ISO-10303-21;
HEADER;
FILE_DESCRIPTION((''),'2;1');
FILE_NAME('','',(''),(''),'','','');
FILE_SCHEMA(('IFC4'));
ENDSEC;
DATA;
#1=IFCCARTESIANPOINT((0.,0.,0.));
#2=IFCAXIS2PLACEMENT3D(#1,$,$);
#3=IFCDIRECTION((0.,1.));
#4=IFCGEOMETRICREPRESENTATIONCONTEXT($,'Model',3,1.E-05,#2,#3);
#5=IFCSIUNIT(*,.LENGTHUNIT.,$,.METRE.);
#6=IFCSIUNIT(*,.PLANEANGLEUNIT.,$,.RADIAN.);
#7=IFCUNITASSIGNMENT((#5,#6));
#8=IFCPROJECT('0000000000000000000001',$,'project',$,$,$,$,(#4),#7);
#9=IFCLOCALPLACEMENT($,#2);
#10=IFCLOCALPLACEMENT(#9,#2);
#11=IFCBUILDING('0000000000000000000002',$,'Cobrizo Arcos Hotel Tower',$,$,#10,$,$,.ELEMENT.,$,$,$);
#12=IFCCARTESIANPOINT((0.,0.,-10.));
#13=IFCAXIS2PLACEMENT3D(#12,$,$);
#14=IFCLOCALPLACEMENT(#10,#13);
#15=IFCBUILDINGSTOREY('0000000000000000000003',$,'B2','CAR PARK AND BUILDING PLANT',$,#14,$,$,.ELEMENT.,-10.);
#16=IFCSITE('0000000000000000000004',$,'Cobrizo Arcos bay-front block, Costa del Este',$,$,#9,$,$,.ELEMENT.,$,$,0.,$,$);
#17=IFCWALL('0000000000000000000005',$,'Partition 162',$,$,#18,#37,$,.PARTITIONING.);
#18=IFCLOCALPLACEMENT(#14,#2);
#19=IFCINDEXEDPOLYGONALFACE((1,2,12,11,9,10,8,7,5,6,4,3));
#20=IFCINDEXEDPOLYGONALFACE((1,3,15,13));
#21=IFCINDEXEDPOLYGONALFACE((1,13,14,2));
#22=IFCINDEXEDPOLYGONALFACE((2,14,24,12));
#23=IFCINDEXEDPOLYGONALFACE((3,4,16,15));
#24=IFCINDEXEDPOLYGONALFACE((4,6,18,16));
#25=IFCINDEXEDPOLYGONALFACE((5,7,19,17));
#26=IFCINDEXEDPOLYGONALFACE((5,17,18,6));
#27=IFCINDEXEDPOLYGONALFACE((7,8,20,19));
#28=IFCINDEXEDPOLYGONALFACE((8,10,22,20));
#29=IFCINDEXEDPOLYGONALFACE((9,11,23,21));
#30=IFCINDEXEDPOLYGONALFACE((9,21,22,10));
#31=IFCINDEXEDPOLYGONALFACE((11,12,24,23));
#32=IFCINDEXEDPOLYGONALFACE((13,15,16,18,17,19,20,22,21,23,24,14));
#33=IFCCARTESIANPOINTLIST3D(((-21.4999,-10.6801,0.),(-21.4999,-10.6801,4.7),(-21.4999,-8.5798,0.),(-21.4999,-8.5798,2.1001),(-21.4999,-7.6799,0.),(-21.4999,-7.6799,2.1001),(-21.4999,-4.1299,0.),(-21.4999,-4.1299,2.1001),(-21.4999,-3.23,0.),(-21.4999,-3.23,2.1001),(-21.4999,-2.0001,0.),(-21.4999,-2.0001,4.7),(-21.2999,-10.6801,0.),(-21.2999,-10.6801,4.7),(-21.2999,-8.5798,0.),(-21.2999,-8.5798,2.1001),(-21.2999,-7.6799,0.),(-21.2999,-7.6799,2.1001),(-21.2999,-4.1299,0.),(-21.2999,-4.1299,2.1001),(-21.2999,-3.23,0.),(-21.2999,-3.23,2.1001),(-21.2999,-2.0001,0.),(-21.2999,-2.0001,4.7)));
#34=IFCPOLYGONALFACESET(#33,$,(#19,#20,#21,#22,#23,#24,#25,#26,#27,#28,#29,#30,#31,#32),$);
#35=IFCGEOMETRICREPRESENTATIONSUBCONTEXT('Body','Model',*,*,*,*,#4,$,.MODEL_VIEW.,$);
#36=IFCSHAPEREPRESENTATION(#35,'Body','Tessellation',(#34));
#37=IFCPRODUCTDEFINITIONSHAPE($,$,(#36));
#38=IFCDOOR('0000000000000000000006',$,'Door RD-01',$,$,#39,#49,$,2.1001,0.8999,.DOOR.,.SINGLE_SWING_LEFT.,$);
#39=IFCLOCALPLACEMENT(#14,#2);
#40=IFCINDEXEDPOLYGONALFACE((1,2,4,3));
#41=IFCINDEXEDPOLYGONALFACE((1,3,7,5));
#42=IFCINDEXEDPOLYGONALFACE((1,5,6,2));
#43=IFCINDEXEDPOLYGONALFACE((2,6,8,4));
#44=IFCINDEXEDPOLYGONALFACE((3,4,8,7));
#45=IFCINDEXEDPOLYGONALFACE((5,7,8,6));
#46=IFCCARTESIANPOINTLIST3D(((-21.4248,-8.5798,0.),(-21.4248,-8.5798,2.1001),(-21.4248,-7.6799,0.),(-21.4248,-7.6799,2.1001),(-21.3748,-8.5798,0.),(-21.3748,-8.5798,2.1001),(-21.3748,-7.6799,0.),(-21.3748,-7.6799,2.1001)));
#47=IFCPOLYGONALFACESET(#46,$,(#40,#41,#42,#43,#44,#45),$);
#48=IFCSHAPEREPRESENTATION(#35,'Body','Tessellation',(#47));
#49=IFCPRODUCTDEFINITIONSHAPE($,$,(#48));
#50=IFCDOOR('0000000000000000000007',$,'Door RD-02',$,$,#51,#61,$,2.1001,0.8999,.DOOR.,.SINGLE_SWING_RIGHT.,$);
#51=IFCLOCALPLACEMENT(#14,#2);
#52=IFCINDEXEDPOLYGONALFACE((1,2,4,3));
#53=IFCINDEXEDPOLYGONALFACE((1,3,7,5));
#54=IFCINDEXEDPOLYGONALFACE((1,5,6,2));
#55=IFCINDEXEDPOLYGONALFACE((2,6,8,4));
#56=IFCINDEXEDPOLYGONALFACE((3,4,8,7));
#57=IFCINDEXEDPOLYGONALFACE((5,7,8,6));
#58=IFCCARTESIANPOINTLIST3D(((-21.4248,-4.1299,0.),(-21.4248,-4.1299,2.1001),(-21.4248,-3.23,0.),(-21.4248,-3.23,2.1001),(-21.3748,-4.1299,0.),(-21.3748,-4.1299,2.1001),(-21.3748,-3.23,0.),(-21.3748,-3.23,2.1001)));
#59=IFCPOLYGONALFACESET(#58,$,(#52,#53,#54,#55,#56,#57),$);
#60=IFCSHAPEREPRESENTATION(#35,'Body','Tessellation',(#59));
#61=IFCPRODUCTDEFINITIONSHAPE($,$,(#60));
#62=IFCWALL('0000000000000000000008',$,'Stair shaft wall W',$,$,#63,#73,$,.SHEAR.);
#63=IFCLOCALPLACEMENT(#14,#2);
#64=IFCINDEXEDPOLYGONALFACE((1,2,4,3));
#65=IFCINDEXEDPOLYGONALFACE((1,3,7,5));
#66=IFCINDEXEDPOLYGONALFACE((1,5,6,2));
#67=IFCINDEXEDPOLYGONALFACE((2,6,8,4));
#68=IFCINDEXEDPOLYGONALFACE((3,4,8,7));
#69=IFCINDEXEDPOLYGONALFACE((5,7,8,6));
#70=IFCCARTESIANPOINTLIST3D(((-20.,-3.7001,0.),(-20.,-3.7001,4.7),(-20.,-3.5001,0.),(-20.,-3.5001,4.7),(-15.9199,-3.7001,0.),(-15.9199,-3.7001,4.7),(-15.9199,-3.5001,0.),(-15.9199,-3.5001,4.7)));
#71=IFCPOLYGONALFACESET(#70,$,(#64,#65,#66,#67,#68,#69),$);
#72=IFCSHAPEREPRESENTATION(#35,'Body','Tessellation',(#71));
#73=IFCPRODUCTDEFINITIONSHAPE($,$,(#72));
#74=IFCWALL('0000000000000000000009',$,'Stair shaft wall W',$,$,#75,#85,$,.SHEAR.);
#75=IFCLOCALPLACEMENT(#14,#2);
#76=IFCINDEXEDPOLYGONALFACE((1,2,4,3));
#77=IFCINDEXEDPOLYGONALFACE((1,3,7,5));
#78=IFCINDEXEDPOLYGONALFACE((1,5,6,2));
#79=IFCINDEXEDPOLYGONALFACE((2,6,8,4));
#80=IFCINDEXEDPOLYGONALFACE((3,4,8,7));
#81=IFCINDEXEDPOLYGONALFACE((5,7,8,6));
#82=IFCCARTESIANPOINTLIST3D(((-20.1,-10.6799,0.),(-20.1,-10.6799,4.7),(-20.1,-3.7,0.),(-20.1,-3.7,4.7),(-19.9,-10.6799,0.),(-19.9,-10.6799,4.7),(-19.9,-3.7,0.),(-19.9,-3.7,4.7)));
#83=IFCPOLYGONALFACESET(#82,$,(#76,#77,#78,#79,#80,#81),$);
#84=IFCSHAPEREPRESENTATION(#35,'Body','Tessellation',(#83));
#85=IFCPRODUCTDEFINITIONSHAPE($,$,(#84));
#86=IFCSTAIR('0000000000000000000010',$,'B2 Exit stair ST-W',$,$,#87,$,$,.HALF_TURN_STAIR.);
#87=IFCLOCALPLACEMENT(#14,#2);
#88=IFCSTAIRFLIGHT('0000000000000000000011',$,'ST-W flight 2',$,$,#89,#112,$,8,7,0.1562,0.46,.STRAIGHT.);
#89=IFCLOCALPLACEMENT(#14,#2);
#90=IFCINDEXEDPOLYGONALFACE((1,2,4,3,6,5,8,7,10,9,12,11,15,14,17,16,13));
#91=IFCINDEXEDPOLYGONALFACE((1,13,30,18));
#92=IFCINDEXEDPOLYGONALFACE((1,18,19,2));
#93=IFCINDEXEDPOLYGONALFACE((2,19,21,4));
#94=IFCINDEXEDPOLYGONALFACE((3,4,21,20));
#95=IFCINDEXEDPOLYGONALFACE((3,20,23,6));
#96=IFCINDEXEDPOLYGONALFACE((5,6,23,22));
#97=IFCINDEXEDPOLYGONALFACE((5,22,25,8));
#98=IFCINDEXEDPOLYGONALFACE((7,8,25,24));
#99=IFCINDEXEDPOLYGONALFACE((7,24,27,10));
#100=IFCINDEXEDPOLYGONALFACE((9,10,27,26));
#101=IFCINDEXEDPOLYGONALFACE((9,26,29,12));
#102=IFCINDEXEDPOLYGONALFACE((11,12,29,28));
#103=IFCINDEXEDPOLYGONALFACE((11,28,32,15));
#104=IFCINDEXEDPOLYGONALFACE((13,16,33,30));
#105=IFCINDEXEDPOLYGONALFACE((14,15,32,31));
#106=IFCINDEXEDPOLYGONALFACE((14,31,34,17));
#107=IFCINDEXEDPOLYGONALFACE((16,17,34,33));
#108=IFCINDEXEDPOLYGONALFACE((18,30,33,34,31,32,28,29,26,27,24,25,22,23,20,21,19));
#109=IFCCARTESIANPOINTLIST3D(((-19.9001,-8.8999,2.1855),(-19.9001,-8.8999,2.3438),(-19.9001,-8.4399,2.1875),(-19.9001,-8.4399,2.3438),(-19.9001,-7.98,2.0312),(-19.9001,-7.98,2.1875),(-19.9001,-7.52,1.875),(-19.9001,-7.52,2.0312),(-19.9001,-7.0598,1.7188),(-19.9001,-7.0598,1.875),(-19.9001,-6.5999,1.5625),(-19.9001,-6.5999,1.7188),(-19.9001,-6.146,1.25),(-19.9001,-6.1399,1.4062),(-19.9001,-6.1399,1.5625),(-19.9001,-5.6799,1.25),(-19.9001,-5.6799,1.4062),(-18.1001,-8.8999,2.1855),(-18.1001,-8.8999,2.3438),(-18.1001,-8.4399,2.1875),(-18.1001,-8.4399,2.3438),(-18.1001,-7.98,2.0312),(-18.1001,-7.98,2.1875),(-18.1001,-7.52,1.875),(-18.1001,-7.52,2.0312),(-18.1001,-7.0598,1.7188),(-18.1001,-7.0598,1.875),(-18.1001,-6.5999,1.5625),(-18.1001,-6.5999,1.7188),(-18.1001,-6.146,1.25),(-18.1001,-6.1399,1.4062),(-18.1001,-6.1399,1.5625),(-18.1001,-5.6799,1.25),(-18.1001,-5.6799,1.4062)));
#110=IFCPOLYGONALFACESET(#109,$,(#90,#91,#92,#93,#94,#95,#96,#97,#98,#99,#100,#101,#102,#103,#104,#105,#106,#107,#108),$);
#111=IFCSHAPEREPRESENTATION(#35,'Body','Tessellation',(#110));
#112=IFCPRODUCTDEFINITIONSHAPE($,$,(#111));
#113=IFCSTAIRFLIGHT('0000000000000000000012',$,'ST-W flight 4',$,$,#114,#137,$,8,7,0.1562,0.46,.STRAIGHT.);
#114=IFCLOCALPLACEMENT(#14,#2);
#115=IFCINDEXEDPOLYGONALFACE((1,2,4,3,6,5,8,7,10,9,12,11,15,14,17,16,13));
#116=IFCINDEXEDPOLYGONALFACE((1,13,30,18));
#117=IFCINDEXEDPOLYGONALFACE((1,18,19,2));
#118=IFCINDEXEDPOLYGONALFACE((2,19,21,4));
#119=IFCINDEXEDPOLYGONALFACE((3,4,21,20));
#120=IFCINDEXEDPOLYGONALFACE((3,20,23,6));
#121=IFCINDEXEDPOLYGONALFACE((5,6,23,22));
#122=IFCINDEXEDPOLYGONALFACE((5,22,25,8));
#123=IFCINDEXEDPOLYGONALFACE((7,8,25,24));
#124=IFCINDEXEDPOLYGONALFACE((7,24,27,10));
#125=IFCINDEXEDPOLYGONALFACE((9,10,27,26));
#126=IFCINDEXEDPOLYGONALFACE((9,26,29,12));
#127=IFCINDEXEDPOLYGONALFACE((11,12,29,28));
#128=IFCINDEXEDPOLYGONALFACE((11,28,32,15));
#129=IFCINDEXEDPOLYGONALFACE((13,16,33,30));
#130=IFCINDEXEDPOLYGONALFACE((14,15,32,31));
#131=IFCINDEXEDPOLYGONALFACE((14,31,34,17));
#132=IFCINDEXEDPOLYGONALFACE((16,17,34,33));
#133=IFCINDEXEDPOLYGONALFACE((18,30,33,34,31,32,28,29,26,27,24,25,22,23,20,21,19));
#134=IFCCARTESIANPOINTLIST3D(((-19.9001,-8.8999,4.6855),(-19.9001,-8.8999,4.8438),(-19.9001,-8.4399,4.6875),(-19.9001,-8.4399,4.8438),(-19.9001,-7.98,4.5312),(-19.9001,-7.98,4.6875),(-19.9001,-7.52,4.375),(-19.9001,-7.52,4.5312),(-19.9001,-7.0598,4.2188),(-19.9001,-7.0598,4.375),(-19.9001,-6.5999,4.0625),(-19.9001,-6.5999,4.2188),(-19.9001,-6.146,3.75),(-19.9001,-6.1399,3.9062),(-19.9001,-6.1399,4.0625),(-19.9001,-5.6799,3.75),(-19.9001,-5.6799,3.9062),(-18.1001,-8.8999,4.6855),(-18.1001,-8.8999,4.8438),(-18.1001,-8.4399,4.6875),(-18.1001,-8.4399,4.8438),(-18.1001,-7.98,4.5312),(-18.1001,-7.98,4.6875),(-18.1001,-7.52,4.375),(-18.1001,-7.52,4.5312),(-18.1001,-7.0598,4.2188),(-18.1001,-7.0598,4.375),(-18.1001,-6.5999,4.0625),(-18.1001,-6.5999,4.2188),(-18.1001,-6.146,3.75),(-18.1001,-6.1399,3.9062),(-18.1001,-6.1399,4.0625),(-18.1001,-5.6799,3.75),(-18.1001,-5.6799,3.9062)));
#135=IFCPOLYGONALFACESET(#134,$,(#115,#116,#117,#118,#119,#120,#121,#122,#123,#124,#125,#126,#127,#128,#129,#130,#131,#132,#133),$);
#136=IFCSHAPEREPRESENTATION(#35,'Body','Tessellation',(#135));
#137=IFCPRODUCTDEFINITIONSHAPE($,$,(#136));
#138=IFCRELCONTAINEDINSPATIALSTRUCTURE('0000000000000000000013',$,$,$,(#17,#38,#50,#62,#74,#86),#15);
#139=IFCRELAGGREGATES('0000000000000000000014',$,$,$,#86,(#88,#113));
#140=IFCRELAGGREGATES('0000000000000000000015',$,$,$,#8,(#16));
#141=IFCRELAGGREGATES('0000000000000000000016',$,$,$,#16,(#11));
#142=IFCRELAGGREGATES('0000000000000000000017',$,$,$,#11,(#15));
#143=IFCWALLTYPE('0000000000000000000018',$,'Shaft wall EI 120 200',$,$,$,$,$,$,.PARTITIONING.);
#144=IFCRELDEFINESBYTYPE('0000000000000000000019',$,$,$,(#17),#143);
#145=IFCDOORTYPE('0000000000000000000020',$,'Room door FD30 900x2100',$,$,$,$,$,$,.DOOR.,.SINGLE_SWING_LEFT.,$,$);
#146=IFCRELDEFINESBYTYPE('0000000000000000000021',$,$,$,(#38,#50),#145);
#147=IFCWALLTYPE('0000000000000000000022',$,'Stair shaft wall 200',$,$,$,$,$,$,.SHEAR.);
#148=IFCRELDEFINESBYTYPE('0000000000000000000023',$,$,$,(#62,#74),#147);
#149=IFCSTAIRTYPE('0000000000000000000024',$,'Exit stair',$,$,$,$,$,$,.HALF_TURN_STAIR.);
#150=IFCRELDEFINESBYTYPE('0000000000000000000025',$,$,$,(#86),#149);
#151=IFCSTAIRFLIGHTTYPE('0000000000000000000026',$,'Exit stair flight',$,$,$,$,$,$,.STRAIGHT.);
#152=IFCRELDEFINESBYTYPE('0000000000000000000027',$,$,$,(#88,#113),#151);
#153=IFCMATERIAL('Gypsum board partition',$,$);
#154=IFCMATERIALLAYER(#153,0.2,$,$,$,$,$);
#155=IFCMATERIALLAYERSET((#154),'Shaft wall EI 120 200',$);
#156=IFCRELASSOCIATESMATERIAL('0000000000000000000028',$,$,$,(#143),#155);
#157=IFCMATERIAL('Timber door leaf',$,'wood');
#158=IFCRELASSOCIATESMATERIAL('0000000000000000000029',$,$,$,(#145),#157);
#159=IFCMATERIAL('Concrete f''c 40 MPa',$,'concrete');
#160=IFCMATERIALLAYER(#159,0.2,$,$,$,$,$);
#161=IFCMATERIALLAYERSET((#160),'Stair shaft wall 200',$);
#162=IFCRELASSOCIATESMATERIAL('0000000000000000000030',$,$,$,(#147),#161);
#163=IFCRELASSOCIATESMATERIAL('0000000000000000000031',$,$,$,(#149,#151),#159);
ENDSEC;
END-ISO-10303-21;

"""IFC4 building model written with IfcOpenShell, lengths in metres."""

from ifc_helpers import new_model, si_unit, direction, frame, frame_2d, origin, place, context, subcontext, project, spatial, polyline, rectangle, outline, extrude, material, layer, layer_set, type_object, element, fill, aggregate, save


model = new_model("IFC4")

# Units and contexts
model_context = context("Model", 3, precision=1e-05, world=origin(), true_north=direction((0.0, 1.0)))
body_context = subcontext(model_context, "Body", "Model", "MODEL_VIEW")
ifc_project = project(units=[si_unit("LENGTHUNIT", "METRE"), si_unit("PLANEANGLEUNIT", "RADIAN")], contexts=[model_context])

# Site, building, storey
site_placement = place(None, origin())
site = spatial("IfcSite", under=ifc_project, at=site_placement, Name="Cobrizo Arcos bay-front block, Costa del Este", CompositionType="ELEMENT", RefElevation=0.0)
building_placement = place(site_placement, origin())
building = spatial("IfcBuilding", under=site, at=building_placement, Name="Cobrizo Arcos Hotel Tower", CompositionType="ELEMENT")
storey_placement = place(building_placement, frame((0.0, 0.0, -10.0)))
storey = spatial("IfcBuildingStorey", under=building, at=storey_placement, Name="B2", Description="CAR PARK AND BUILDING PLANT", CompositionType="ELEMENT", Elevation=-10.0)

# Shared definitions
ifc_material_1 = material(Name="Concrete f'c 40 MPa", Category="concrete")

# Shared definitions
ifc_material_2 = material(Name="Gypsum board partition")
ifc_layer_1 = layer(ifc_material_2, 0.2)
ifc_layer_set_1 = layer_set([ifc_layer_1], Name="Shaft wall EI 120 200")
wall_type_1 = type_object("IfcWallType", Name="Shaft wall EI 120 200", PredefinedType="PARTITIONING", material=ifc_layer_set_1)

# Wall, openings, doors
wall_1_placement = place(storey_placement, frame((-21.3999, -10.6799, 0.0), z_axis=(0.0, 0.0, 1.0), x_axis=(0.0, 1.0, 0.0)))
wall_1 = element("IfcWall", 1, at=wall_1_placement, inside=storey, type_object=wall_type_1, Name="Partition 162", PredefinedType="PARTITIONING", context=body_context, shape_type="SweptSolid", body=[
    extrude(rectangle(XDim=8.6799, YDim=0.2, at=frame_2d((4.3398, 0.0))), origin(), (0.0, 0.0, 1.0), 4.7),
])
opening_1_placement = place(wall_1_placement, frame((2.1001, 0.0, 0.0)))
opening_1 = element("IfcOpeningElement", 2, at=opening_1_placement, cuts=wall_1, PredefinedType="OPENING", context=body_context, shape_type="SweptSolid", body=[
    extrude(rectangle(XDim=0.8999, YDim=2.1001, at=frame_2d((0.45, 1.05))), frame((0.0, 0.1121, 0.0), z_axis=(0.0, -1.0, 0.0), x_axis=(1.0, 0.0, 0.0)), (0.0, 0.0, 1.0), 0.2239),
])
opening_2_placement = place(wall_1_placement, frame((6.55, 0.0, 0.0)))
opening_2 = element("IfcOpeningElement", 3, at=opening_2_placement, cuts=wall_1, PredefinedType="OPENING", context=body_context, shape_type="SweptSolid", body=[
    extrude(rectangle(XDim=0.8999, YDim=2.1001, at=frame_2d((0.45, 1.05))), frame((0.0, 0.1121, 0.0), z_axis=(0.0, -1.0, 0.0), x_axis=(1.0, 0.0, 0.0)), (0.0, 0.0, 1.0), 0.2239),
])
ifc_material_3 = material(Name="Timber door leaf", Category="wood")
door_type = type_object("IfcDoorType", Name="Room door FD30 900x2100", OperationType="SINGLE_SWING_LEFT", PredefinedType="DOOR", material=ifc_material_3)
door_1_placement = place(opening_1_placement, origin())
door_1 = element("IfcDoor", 4, at=door_1_placement, inside=storey, type_object=door_type, Name="Door RD-01", OperationType="SINGLE_SWING_LEFT", OverallHeight=2.1001, OverallWidth=0.8999, PredefinedType="DOOR", context=body_context, shape_type="SweptSolid", body=[
    extrude(rectangle(XDim=0.8999, YDim=2.1001, at=frame_2d((0.45, 1.05))), frame((0.0, 0.0249, 0.0), z_axis=(0.0, -1.0, 0.0), x_axis=(1.0, 0.0, 0.0)), (0.0, 0.0, 1.0), 0.05),
])
fill(opening_1, door_1)
door_2_placement = place(opening_2_placement, origin())
door_2 = element("IfcDoor", 5, at=door_2_placement, inside=storey, type_object=door_type, Name="Door RD-02", OperationType="SINGLE_SWING_RIGHT", OverallHeight=2.1001, OverallWidth=0.8999, PredefinedType="DOOR", context=body_context, shape_type="SweptSolid", body=[
    extrude(rectangle(XDim=0.8999, YDim=2.1001, at=frame_2d((0.45, 1.05))), frame((0.0, 0.0249, 0.0), z_axis=(0.0, -1.0, 0.0), x_axis=(1.0, 0.0, 0.0)), (0.0, 0.0, 1.0), 0.05),
])
fill(opening_2, door_2)

# Walls
ifc_layer_2 = layer(ifc_material_1, 0.2)
ifc_layer_set_2 = layer_set([ifc_layer_2], Name="Stair shaft wall 200")
wall_type_2 = type_object("IfcWallType", Name="Stair shaft wall 200", PredefinedType="SHEAR", material=ifc_layer_set_2)
wall_2_placement = place(storey_placement, frame((-20.0, -3.6001, 0.0), z_axis=(0.0, 0.0, 1.0), x_axis=(1.0, 0.0, 0.0)))
element("IfcWall", 6, at=wall_2_placement, inside=storey, type_object=wall_type_2, Name="Stair shaft wall W", PredefinedType="SHEAR", context=body_context, shape_type="SweptSolid", body=[
    extrude(rectangle(XDim=4.0801, YDim=0.2, at=frame_2d((2.04, 0.0))), origin(), (0.0, 0.0, 1.0), 4.7),
])
wall_3_placement = place(storey_placement, frame((-20.0, -10.6799, 0.0), z_axis=(0.0, 0.0, 1.0), x_axis=(0.0, 1.0, 0.0)))
element("IfcWall", 7, at=wall_3_placement, inside=storey, type_object=wall_type_2, Name="Stair shaft wall W", PredefinedType="SHEAR", context=body_context, shape_type="SweptSolid", body=[
    extrude(rectangle(XDim=6.98, YDim=0.2, at=frame_2d((3.49, 0.0))), origin(), (0.0, 0.0, 1.0), 4.7),
])

# Stair, stair flights
stair_type = type_object("IfcStairType", Name="Exit stair", PredefinedType="HALF_TURN_STAIR", material=ifc_material_1)
stair_placement = place(storey_placement, origin())
stair = element("IfcStair", 8, at=stair_placement, inside=storey, type_object=stair_type, Name="B2 Exit stair ST-W", PredefinedType="HALF_TURN_STAIR")
stair_flight_type = type_object("IfcStairFlightType", Name="Exit stair flight", PredefinedType="STRAIGHT", material=ifc_material_1)
stair_flight_1_placement = place(storey_placement, frame((-19.0, -5.6799, 1.25), z_axis=(0.0, 0.0, 1.0), x_axis=(0.0, -1.0, 0.0)))
stair_flight_1 = element("IfcStairFlight", 9, at=stair_flight_1_placement, type_object=stair_flight_type, Name="ST-W flight 2", NumberOfRisers=8, NumberOfTreads=7, PredefinedType="STRAIGHT", RiserHeight=0.1562, TreadLength=0.46, context=body_context, shape_type="SweptSolid", body=[
    extrude(outline(polyline([(0.0, 0.0), (0.0, 0.1562), (0.46, 0.1562), (0.46, 0.3125), (0.9199, 0.3125), (0.9199, 0.4688), (1.3799, 0.4688), (1.3799, 0.625), (1.8401, 0.625), (1.8401, 0.7812), (2.3, 0.7812), (2.3, 0.9375), (2.76, 0.9375), (2.76, 1.0938), (3.22, 1.0938), (3.22, 1.25), (3.22, 0.9355), (0.4661, 0.0), (0.0, 0.0)])), frame((0.0, 0.8999, 0.0), z_axis=(0.0, -1.0, 0.0), x_axis=(1.0, 0.0, 0.0)), (0.0, 0.0, 1.0), 1.8),
])
stair_flight_2_placement = place(storey_placement, frame((-19.0, -5.6799, 3.75), z_axis=(0.0, 0.0, 1.0), x_axis=(0.0, -1.0, 0.0)))
stair_flight_2 = element("IfcStairFlight", 10, at=stair_flight_2_placement, type_object=stair_flight_type, Name="ST-W flight 4", NumberOfRisers=8, NumberOfTreads=7, PredefinedType="STRAIGHT", RiserHeight=0.1562, TreadLength=0.46, context=body_context, shape_type="SweptSolid", body=[
    extrude(outline(polyline([(0.0, 0.0), (0.0, 0.1562), (0.46, 0.1562), (0.46, 0.3125), (0.9199, 0.3125), (0.9199, 0.4688), (1.3799, 0.4688), (1.3799, 0.625), (1.8401, 0.625), (1.8401, 0.7812), (2.3, 0.7812), (2.3, 0.9375), (2.76, 0.9375), (2.76, 1.0938), (3.22, 1.0938), (3.22, 1.25), (3.22, 0.9355), (0.4661, 0.0), (0.0, 0.0)])), frame((0.0, 0.8999, 0.0), z_axis=(0.0, -1.0, 0.0), x_axis=(1.0, 0.0, 0.0)), (0.0, 0.0, 1.0), 1.8),
])
aggregate(stair, [stair_flight_1, stair_flight_2])

save(model, "model.ifc")
